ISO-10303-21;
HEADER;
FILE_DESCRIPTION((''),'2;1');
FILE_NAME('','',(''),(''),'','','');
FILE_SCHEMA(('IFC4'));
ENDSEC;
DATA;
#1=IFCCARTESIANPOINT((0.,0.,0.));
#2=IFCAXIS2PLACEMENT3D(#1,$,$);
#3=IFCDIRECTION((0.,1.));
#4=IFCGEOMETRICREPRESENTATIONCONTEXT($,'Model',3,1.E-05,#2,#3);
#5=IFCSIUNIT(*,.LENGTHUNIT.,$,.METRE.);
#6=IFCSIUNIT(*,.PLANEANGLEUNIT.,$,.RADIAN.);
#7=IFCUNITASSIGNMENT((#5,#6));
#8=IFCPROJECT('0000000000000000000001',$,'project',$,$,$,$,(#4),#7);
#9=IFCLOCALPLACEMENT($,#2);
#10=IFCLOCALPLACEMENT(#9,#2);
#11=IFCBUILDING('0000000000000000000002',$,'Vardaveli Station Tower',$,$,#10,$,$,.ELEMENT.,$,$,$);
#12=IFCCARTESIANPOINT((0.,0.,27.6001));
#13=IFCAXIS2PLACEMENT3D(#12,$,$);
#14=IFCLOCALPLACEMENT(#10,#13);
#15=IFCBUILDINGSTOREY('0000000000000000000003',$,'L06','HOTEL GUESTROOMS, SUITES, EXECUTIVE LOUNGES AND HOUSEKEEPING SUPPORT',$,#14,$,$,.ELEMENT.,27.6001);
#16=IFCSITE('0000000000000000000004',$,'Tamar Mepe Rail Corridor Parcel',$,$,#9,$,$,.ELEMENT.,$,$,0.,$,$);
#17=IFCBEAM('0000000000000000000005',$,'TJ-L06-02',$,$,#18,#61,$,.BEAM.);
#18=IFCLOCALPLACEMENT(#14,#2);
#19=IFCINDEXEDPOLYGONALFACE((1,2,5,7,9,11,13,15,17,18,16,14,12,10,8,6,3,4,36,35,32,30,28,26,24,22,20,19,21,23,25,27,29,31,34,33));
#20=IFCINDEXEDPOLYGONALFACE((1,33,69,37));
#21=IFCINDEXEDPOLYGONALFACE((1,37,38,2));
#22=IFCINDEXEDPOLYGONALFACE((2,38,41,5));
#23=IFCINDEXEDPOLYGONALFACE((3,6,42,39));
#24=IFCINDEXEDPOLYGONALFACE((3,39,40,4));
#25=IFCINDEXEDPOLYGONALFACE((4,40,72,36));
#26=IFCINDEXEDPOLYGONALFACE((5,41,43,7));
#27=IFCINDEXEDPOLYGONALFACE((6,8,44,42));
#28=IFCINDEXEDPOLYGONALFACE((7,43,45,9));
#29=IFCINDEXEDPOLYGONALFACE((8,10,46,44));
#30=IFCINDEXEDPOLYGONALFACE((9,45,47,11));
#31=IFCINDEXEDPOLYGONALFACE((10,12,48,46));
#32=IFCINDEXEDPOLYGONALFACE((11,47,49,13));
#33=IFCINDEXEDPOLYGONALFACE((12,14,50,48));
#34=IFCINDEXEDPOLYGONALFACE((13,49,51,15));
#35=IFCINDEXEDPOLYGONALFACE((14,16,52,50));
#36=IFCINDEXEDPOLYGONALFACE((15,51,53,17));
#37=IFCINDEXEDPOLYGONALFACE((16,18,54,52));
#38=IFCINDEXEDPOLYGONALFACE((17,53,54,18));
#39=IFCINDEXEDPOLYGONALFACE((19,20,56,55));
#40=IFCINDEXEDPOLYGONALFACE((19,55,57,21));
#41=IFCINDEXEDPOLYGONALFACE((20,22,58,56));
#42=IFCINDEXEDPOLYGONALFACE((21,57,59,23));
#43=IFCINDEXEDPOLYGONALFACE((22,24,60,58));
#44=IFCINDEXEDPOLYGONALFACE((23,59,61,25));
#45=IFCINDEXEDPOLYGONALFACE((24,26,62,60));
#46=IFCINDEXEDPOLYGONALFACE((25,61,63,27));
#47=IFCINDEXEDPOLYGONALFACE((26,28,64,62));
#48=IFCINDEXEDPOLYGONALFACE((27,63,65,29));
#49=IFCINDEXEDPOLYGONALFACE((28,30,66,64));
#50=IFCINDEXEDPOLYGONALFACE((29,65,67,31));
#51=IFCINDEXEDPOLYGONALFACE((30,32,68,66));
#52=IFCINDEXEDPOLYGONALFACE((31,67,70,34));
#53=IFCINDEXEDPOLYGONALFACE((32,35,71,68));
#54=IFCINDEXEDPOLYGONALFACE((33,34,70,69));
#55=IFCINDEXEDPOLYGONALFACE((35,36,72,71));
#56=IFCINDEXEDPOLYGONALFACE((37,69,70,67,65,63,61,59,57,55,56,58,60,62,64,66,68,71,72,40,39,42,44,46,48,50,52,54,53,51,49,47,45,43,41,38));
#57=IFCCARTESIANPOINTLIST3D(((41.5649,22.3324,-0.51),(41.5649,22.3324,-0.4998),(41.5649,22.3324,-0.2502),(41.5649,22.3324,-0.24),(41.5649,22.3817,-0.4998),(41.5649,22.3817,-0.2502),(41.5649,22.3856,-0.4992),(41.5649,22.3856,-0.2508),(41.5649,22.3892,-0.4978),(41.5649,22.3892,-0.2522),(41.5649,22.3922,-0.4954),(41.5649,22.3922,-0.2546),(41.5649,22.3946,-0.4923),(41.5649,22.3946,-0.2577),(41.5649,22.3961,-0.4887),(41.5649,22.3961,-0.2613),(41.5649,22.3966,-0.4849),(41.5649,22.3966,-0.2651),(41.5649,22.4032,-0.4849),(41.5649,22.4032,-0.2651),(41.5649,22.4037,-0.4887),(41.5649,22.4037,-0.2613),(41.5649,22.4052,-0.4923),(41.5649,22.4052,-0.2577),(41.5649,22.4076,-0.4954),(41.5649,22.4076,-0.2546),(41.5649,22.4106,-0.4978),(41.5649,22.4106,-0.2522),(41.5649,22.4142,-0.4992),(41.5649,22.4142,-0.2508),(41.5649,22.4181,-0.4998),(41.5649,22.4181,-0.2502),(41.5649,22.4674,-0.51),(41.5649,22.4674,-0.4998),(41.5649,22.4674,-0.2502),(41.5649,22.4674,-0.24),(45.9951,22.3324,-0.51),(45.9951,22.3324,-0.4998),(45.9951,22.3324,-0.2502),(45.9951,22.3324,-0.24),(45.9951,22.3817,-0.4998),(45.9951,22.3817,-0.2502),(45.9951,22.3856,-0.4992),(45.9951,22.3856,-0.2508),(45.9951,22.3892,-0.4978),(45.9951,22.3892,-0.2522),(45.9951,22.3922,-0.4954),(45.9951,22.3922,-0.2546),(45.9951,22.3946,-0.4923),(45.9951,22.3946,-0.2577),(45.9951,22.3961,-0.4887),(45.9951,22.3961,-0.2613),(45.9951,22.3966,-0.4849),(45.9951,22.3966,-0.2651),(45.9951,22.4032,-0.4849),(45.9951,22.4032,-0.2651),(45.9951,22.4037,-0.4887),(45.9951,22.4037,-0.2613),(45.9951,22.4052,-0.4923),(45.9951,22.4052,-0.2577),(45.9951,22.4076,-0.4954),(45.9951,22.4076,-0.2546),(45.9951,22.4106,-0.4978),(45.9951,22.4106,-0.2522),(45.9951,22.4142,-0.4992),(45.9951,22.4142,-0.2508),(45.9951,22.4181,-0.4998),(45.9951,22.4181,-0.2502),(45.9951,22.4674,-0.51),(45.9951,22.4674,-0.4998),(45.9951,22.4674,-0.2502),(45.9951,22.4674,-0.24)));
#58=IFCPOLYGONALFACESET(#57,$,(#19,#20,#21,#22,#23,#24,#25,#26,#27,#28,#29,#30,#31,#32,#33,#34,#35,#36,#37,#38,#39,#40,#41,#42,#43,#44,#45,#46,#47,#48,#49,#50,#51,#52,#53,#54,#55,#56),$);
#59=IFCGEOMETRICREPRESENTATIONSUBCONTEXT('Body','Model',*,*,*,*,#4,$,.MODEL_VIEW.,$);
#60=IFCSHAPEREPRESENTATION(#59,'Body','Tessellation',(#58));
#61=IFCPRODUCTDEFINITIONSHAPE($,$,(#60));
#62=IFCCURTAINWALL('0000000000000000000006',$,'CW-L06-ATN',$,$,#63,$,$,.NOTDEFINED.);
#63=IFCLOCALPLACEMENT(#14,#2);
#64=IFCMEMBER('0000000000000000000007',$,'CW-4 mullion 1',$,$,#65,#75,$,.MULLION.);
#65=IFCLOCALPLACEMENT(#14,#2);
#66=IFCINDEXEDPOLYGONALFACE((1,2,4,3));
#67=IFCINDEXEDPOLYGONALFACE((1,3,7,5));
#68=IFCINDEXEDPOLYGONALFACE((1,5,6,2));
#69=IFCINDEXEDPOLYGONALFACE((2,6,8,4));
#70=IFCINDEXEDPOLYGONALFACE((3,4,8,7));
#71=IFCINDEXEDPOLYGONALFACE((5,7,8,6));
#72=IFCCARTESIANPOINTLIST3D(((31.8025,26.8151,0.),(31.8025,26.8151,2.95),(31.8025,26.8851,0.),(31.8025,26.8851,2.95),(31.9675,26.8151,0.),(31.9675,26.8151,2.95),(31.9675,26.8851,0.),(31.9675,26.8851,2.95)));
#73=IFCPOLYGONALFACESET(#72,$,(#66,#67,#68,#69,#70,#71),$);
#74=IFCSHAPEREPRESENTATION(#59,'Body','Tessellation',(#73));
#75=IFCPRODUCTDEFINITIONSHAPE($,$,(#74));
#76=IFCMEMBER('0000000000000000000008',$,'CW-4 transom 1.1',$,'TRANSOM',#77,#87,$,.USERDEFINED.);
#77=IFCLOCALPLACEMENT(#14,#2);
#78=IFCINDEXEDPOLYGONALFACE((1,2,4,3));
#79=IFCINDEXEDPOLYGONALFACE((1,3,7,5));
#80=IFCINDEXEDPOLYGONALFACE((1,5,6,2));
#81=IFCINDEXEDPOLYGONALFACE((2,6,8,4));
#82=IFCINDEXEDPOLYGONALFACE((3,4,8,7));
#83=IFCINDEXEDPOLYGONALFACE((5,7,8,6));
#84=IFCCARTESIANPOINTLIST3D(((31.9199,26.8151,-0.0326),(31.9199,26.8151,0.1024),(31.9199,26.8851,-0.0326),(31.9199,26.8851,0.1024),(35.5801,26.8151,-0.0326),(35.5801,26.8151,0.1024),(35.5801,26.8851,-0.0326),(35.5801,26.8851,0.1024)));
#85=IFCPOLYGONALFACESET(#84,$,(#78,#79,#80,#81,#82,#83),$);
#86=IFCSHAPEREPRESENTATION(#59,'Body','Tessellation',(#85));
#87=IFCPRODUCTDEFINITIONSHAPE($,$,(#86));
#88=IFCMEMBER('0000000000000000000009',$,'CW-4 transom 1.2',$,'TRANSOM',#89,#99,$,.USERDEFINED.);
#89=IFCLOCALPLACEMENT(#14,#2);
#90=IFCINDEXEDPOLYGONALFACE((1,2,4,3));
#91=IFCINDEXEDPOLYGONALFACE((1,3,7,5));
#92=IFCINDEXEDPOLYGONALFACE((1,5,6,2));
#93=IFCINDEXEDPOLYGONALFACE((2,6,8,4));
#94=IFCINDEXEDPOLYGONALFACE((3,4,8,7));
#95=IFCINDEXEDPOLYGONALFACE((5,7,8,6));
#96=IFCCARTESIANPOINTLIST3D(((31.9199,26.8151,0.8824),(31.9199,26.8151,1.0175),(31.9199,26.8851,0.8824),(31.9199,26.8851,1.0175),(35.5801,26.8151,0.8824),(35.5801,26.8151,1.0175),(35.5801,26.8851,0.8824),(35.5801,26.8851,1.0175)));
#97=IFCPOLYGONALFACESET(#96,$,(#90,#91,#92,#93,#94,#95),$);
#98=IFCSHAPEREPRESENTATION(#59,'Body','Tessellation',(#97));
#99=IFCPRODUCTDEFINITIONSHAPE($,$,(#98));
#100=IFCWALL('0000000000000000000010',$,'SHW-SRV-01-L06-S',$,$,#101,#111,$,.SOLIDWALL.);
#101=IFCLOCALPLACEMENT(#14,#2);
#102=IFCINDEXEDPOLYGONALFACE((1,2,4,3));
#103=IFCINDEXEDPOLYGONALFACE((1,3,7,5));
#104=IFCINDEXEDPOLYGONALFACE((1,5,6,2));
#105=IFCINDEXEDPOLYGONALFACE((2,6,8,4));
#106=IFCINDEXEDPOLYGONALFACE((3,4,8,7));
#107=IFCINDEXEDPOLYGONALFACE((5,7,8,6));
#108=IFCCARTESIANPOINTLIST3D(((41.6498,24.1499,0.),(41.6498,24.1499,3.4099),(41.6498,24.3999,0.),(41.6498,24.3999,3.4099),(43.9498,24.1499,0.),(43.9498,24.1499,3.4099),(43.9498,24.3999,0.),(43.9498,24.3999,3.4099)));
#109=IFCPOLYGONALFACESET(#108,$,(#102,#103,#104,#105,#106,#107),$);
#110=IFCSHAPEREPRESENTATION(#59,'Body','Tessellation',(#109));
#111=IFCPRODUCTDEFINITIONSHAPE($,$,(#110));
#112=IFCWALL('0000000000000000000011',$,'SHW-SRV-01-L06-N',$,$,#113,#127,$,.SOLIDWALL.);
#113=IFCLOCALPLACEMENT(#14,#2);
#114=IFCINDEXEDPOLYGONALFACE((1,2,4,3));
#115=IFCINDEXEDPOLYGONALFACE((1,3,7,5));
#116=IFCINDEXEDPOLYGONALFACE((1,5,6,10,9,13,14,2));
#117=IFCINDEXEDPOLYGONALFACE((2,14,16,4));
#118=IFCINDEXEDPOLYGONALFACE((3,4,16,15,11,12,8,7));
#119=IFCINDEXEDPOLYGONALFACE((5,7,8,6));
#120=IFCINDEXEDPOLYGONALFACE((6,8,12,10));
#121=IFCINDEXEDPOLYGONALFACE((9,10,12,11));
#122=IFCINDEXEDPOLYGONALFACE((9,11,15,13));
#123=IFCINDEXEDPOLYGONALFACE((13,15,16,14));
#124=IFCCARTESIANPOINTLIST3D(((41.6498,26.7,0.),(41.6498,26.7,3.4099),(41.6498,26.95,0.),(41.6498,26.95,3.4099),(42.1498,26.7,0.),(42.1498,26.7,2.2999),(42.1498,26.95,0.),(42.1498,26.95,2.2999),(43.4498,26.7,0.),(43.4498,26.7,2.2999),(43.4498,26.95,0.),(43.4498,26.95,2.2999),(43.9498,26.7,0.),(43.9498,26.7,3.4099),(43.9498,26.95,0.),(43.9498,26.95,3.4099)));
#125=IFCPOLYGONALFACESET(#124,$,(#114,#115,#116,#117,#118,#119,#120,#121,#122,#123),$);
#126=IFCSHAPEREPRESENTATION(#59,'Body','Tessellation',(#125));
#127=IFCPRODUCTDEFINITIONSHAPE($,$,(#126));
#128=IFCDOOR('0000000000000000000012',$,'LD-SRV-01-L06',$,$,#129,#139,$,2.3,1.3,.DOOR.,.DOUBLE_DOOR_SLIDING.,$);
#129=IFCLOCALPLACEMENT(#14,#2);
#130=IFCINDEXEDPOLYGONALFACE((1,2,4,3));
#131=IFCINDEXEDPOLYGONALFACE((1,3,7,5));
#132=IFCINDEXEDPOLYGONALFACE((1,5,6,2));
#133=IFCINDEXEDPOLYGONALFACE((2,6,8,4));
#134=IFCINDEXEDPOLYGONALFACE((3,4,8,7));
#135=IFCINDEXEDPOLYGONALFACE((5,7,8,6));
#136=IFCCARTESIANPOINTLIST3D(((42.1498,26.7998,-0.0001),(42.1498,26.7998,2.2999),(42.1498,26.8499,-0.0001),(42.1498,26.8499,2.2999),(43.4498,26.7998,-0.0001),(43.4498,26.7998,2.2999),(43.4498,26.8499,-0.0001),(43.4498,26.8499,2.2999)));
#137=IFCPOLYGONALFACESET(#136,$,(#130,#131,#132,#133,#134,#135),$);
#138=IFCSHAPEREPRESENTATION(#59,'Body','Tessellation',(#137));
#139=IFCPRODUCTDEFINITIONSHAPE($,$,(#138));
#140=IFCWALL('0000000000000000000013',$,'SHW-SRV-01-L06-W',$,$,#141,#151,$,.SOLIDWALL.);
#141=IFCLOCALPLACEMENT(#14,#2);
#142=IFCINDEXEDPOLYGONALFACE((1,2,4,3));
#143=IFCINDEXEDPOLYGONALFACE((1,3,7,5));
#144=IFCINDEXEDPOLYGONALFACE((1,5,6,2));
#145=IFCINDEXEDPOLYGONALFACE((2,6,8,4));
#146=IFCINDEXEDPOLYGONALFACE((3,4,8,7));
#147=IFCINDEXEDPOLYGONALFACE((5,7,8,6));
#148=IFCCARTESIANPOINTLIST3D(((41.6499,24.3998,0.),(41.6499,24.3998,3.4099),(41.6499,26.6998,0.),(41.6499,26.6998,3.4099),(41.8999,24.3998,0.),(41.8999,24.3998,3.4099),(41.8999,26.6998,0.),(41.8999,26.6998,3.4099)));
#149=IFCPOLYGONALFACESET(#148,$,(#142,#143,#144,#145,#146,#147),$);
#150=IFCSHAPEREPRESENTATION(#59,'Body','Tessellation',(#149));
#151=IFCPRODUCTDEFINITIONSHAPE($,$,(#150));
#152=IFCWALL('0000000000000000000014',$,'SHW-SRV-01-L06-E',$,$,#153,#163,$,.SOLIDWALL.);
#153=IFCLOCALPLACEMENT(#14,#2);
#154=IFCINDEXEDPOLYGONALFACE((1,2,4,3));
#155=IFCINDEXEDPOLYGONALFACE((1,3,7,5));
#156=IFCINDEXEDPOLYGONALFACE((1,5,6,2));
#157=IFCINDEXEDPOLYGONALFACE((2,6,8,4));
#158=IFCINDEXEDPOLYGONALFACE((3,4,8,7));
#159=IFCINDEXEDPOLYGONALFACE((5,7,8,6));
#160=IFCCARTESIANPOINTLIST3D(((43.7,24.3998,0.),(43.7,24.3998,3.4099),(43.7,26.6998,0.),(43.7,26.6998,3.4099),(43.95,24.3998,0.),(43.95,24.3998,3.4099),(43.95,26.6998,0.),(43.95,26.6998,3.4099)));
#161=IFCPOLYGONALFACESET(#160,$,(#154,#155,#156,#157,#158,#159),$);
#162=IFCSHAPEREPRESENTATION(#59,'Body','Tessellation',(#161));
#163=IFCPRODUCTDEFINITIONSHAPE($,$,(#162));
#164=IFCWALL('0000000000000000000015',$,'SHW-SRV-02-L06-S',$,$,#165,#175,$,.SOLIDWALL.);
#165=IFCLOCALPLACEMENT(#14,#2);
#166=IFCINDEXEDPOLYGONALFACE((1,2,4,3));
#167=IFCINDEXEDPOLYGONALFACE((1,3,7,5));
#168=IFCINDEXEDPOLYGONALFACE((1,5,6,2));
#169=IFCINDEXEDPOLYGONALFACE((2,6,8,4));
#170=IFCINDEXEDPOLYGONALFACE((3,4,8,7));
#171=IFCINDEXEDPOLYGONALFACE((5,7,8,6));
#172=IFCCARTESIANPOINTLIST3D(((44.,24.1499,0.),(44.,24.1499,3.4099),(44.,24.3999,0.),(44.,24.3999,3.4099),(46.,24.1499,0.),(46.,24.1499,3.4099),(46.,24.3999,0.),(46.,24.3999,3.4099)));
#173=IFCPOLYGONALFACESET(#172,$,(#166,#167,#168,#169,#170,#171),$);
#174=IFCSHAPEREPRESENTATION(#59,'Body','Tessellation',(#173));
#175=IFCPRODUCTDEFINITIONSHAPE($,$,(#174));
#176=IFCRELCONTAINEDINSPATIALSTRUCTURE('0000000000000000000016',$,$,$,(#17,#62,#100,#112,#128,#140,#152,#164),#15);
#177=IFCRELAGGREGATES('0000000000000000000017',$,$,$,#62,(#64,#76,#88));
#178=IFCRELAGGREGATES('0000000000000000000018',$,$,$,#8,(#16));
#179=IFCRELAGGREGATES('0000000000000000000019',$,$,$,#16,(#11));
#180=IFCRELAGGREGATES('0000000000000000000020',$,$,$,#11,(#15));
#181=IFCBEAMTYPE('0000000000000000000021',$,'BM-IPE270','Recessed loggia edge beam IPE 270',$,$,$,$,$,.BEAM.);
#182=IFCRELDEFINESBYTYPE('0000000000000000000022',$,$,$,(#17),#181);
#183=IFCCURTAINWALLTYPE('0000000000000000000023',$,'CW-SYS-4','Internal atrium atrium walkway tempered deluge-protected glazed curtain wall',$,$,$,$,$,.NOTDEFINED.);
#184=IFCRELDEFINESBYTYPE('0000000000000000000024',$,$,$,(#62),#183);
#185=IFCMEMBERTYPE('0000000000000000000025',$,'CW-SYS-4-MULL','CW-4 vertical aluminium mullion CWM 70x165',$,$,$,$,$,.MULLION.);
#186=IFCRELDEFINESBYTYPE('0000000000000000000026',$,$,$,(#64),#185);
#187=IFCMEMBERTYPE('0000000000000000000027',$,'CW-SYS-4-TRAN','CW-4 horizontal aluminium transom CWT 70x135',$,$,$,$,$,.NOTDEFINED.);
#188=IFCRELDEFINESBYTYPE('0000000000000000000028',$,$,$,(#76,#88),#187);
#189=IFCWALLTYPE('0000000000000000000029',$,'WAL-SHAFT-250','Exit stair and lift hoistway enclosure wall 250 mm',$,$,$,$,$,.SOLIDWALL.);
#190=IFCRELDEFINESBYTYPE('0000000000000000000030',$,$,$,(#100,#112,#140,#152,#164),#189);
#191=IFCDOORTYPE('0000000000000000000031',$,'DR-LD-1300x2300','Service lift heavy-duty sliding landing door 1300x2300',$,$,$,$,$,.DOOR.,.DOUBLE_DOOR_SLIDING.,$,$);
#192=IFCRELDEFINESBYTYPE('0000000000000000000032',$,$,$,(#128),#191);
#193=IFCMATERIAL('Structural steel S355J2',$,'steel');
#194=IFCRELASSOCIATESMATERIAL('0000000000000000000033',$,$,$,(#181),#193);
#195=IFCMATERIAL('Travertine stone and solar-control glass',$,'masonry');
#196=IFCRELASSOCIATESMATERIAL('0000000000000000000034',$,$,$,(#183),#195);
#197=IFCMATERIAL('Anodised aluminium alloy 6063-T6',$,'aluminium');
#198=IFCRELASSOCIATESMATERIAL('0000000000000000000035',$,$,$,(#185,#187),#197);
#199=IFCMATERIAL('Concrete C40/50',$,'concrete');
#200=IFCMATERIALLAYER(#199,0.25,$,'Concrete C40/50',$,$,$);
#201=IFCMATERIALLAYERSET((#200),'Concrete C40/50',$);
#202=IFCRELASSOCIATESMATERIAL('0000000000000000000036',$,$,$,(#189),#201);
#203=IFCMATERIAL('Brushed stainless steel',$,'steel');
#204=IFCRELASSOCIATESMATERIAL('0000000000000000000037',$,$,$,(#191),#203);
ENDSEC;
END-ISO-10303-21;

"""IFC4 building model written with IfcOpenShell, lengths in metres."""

from ifc_helpers import new_model, si_unit, direction, frame, frame_2d, origin, origin_2d, place, context, subcontext, project, spatial, rectangle, i_section, extrude, source, transform, mapped, material, layer, layer_set, material_profile, profile_set, type_object, element, fill, aggregate, save


model = new_model("IFC4")

# Units and contexts
model_context = context("Model", 3, precision=1e-05, world=origin(), true_north=direction((0.0, 1.0)))
body_context = subcontext(model_context, "Body", "Model", "MODEL_VIEW")
ifc_project = project(units=[si_unit("LENGTHUNIT", "METRE"), si_unit("PLANEANGLEUNIT", "RADIAN")], contexts=[model_context])

# Site, building, storey
site_placement = place(None, origin())
site = spatial("IfcSite", under=ifc_project, at=site_placement, Name="Tamar Mepe Rail Corridor Parcel", CompositionType="ELEMENT", RefElevation=0.0)
building_placement = place(site_placement, origin())
building = spatial("IfcBuilding", under=site, at=building_placement, Name="Vardaveli Station Tower", CompositionType="ELEMENT")
storey_placement = place(building_placement, frame((0.0, 0.0, 27.6001)))
storey = spatial("IfcBuildingStorey", under=building, at=storey_placement, Name="L06", Description="HOTEL GUESTROOMS, SUITES, EXECUTIVE LOUNGES AND HOUSEKEEPING SUPPORT", CompositionType="ELEMENT", Elevation=27.6001)

# Beam
ifc_material_1 = material(Name="Structural steel S355J2", Category="steel")
ifc_material_profile_1 = material_profile(ifc_material_1, i_section(OverallWidth=0.135, OverallDepth=0.27, WebThickness=0.0066, FlangeThickness=0.0103, FilletRadius=0.0149, at=origin_2d()), Name="IPE 270")
ifc_profile_set_1 = profile_set([ifc_material_profile_1], Name="Structural steel S355J2")
beam_type_1 = type_object("IfcBeamType", Name="BM-IPE270", Description="Recessed loggia edge beam IPE 270", PredefinedType="BEAM", material=ifc_profile_set_1)
shared_shape_1 = source(origin(), body_context, "Body", "SweptSolid", [
    extrude(i_section(OverallWidth=0.135, OverallDepth=0.27, WebThickness=0.0066, FlangeThickness=0.0103, FilletRadius=0.0149, at=origin_2d()), origin(), (0.0, 0.0, 1.0), 4.4302),
])
beam_1_placement = place(storey_placement, frame((41.5649, 22.3999, -0.375), z_axis=(1.0, 0.0, 0.0), x_axis=(0.0, 1.0, 0.0)))
element("IfcBeam", 1, at=beam_1_placement, inside=storey, type_object=beam_type_1, Name="TJ-L06-02", PredefinedType="BEAM", context=body_context, shape_type="MappedRepresentation", body=[
    mapped(shared_shape_1, transform((0.0, 0.0, 0.0), scale=1.0)),
])

# Curtain wall, members
ifc_material_2 = material(Name="Travertine stone and solar-control glass", Category="masonry")
curtain_wall_type = type_object("IfcCurtainWallType", Name="CW-SYS-4", Description="Internal atrium atrium walkway tempered deluge-protected glazed curtain wall", PredefinedType="NOTDEFINED", material=ifc_material_2)
curtain_wall_placement = place(storey_placement, origin())
curtain_wall = element("IfcCurtainWall", 2, at=curtain_wall_placement, inside=storey, type_object=curtain_wall_type, Name="CW-L06-ATN", PredefinedType="NOTDEFINED")
ifc_material_3 = material(Name="Anodised aluminium alloy 6063-T6", Category="aluminium")
ifc_material_profile_2 = material_profile(ifc_material_3, rectangle(XDim=0.0701, YDim=0.165, at=origin_2d()), Name="CWM 70x165")
ifc_profile_set_2 = profile_set([ifc_material_profile_2], Name="Anodised aluminium alloy 6063-T6")
member_type_1 = type_object("IfcMemberType", Name="CW-SYS-4-MULL", Description="CW-4 vertical aluminium mullion CWM 70x165", PredefinedType="MULLION", material=ifc_profile_set_2)
shared_shape_2 = source(origin(), body_context, "Body", "SweptSolid", [
    extrude(rectangle(XDim=0.0701, YDim=0.165, at=origin_2d()), origin(), (0.0, 0.0, 1.0), 2.95),
])
member_1_placement = place(storey_placement, frame((31.885, 26.8501, 0.0), z_axis=(0.0, 0.0, 1.0), x_axis=(0.0, 1.0, 0.0)))
member_1 = element("IfcMember", 3, at=member_1_placement, type_object=member_type_1, Name="CW-4 mullion 1", PredefinedType="MULLION", context=body_context, shape_type="MappedRepresentation", body=[
    mapped(shared_shape_2, transform((0.0, 0.0, 0.0), scale=1.0)),
])
ifc_material_profile_3 = material_profile(ifc_material_3, rectangle(XDim=0.0701, YDim=0.135, at=origin_2d()), Name="CWT 70x135")
ifc_profile_set_3 = profile_set([ifc_material_profile_3], Name="Anodised aluminium alloy 6063-T6")
member_type_2 = type_object("IfcMemberType", Name="CW-SYS-4-TRAN", Description="CW-4 horizontal aluminium transom CWT 70x135", PredefinedType="NOTDEFINED", material=ifc_profile_set_3)
shared_shape_3 = source(origin(), body_context, "Body", "SweptSolid", [
    extrude(rectangle(XDim=0.0701, YDim=0.135, at=origin_2d()), origin(), (0.0, 0.0, 1.0), 3.6602),
])
member_2_placement = place(storey_placement, frame((31.9199, 26.8501, 0.0349), z_axis=(1.0, 0.0, 0.0), x_axis=(0.0, 1.0, 0.0)))
member_2 = element("IfcMember", 4, at=member_2_placement, type_object=member_type_2, Name="CW-4 transom 1.1", ObjectType="TRANSOM", PredefinedType="USERDEFINED", context=body_context, shape_type="MappedRepresentation", body=[
    mapped(shared_shape_3, transform((0.0, 0.0, 0.0), scale=1.0)),
])
member_3_placement = place(storey_placement, frame((31.9199, 26.8501, 0.95), z_axis=(1.0, 0.0, 0.0), x_axis=(0.0, 1.0, 0.0)))
member_3 = element("IfcMember", 5, at=member_3_placement, type_object=member_type_2, Name="CW-4 transom 1.2", ObjectType="TRANSOM", PredefinedType="USERDEFINED", context=body_context, shape_type="MappedRepresentation", body=[
    mapped(shared_shape_3, transform((0.0, 0.0, 0.0), scale=1.0)),
])
aggregate(curtain_wall, [member_1, member_2, member_3])

# Wall
ifc_material_4 = material(Name="Concrete C40/50", Category="concrete")
ifc_layer_1 = layer(ifc_material_4, 0.25, Name="Concrete C40/50")
ifc_layer_set_1 = layer_set([ifc_layer_1], Name="Concrete C40/50")
wall_type_1 = type_object("IfcWallType", Name="WAL-SHAFT-250", Description="Exit stair and lift hoistway enclosure wall 250 mm", PredefinedType="SOLIDWALL", material=ifc_layer_set_1)
shared_shape_4 = source(origin(), body_context, "Body", "SweptSolid", [
    extrude(rectangle(XDim=2.3, YDim=0.25, at=frame_2d((1.1499, 0.0))), origin(), (0.0, 0.0, 1.0), 3.4099),
])
wall_1_placement = place(storey_placement, frame((41.6499, 24.2749, 0.0), z_axis=(0.0, 0.0, 1.0), x_axis=(1.0, 0.0, 0.0)))
element("IfcWall", 6, at=wall_1_placement, inside=storey, type_object=wall_type_1, Name="SHW-SRV-01-L06-S", PredefinedType="SOLIDWALL", context=body_context, shape_type="MappedRepresentation", body=[
    mapped(shared_shape_4, transform((0.0, 0.0, 0.0), scale=1.0)),
])

# Wall, opening, door
wall_2_placement = place(storey_placement, frame((41.6499, 26.825, 0.0), z_axis=(0.0, 0.0, 1.0), x_axis=(1.0, 0.0, 0.0)))
wall_2 = element("IfcWall", 7, at=wall_2_placement, inside=storey, type_object=wall_type_1, Name="SHW-SRV-01-L06-N", PredefinedType="SOLIDWALL", context=body_context, shape_type="MappedRepresentation", body=[
    mapped(shared_shape_4, transform((0.0, 0.0, 0.0), scale=1.0)),
])
shared_shape_5 = source(origin(), body_context, "Body", "SweptSolid", [
    extrude(rectangle(XDim=1.3, YDim=2.3, at=frame_2d((0.6499, 1.1499))), frame((0.0, 0.135, 0.0), z_axis=(0.0, -1.0, 0.0), x_axis=(1.0, 0.0, 0.0)), (0.0, 0.0, 1.0), 0.27),
])
opening_1_placement = place(wall_2_placement, frame((0.5, 0.0, 0.0)))
opening_1 = element("IfcOpeningElement", 8, at=opening_1_placement, cuts=wall_2, PredefinedType="OPENING", context=body_context, shape_type="MappedRepresentation", body=[
    mapped(shared_shape_5, transform((0.0, 0.0, 0.0), scale=1.0)),
])
ifc_material_5 = material(Name="Brushed stainless steel", Category="steel")
door_type = type_object("IfcDoorType", Name="DR-LD-1300x2300", Description="Service lift heavy-duty sliding landing door 1300x2300", OperationType="DOUBLE_DOOR_SLIDING", PredefinedType="DOOR", material=ifc_material_5)
shared_shape_6 = source(origin(), body_context, "Body", "SweptSolid", [
    extrude(rectangle(XDim=1.3, YDim=2.3, at=frame_2d((0.6499, 1.1499))), frame((0.0, 0.0249, 0.0), z_axis=(0.0, -1.0, 0.0), x_axis=(1.0, 0.0, 0.0)), (0.0, 0.0, 1.0), 0.05),
])
door_1_placement = place(opening_1_placement, origin())
door_1 = element("IfcDoor", 9, at=door_1_placement, inside=storey, type_object=door_type, Name="LD-SRV-01-L06", OperationType="DOUBLE_DOOR_SLIDING", OverallHeight=2.3, OverallWidth=1.3, PredefinedType="DOOR", context=body_context, shape_type="MappedRepresentation", body=[
    mapped(shared_shape_6, transform((0.0, 0.0, 0.0), scale=1.0)),
])
fill(opening_1, door_1)

# Walls
for number, where, z_axis, x_axis, name in (
    (10, (41.7749, 24.3999, 0.0), (0.0, 0.0, 1.0), (0.0, 1.0, 0.0), "SHW-SRV-01-L06-W"),
    (11, (43.825, 24.3999, 0.0), (0.0, 0.0, 1.0), (0.0, 1.0, 0.0), "SHW-SRV-01-L06-E"),
):
    element("IfcWall", number, at=place(storey_placement, frame(where, z_axis=z_axis, x_axis=x_axis)), inside=storey, type_object=wall_type_1, Name=name, PredefinedType="SOLIDWALL", context=body_context, shape_type="MappedRepresentation", body=[
        mapped(shared_shape_4, transform((0.0, 0.0, 0.0), scale=1.0)),
    ])
shared_shape_7 = source(origin(), body_context, "Body", "SweptSolid", [
    extrude(rectangle(XDim=2.0, YDim=0.25, at=frame_2d((1.0, 0.0))), origin(), (0.0, 0.0, 1.0), 3.4099),
])
wall_3_placement = place(storey_placement, frame((44.0, 24.2749, 0.0), z_axis=(0.0, 0.0, 1.0), x_axis=(1.0, 0.0, 0.0)))
element("IfcWall", 12, at=wall_3_placement, inside=storey, type_object=wall_type_1, Name="SHW-SRV-02-L06-S", PredefinedType="SOLIDWALL", context=body_context, shape_type="MappedRepresentation", body=[
    mapped(shared_shape_7, transform((0.0, 0.0, 0.0), scale=1.0)),
])

save(model, "model.ifc")
